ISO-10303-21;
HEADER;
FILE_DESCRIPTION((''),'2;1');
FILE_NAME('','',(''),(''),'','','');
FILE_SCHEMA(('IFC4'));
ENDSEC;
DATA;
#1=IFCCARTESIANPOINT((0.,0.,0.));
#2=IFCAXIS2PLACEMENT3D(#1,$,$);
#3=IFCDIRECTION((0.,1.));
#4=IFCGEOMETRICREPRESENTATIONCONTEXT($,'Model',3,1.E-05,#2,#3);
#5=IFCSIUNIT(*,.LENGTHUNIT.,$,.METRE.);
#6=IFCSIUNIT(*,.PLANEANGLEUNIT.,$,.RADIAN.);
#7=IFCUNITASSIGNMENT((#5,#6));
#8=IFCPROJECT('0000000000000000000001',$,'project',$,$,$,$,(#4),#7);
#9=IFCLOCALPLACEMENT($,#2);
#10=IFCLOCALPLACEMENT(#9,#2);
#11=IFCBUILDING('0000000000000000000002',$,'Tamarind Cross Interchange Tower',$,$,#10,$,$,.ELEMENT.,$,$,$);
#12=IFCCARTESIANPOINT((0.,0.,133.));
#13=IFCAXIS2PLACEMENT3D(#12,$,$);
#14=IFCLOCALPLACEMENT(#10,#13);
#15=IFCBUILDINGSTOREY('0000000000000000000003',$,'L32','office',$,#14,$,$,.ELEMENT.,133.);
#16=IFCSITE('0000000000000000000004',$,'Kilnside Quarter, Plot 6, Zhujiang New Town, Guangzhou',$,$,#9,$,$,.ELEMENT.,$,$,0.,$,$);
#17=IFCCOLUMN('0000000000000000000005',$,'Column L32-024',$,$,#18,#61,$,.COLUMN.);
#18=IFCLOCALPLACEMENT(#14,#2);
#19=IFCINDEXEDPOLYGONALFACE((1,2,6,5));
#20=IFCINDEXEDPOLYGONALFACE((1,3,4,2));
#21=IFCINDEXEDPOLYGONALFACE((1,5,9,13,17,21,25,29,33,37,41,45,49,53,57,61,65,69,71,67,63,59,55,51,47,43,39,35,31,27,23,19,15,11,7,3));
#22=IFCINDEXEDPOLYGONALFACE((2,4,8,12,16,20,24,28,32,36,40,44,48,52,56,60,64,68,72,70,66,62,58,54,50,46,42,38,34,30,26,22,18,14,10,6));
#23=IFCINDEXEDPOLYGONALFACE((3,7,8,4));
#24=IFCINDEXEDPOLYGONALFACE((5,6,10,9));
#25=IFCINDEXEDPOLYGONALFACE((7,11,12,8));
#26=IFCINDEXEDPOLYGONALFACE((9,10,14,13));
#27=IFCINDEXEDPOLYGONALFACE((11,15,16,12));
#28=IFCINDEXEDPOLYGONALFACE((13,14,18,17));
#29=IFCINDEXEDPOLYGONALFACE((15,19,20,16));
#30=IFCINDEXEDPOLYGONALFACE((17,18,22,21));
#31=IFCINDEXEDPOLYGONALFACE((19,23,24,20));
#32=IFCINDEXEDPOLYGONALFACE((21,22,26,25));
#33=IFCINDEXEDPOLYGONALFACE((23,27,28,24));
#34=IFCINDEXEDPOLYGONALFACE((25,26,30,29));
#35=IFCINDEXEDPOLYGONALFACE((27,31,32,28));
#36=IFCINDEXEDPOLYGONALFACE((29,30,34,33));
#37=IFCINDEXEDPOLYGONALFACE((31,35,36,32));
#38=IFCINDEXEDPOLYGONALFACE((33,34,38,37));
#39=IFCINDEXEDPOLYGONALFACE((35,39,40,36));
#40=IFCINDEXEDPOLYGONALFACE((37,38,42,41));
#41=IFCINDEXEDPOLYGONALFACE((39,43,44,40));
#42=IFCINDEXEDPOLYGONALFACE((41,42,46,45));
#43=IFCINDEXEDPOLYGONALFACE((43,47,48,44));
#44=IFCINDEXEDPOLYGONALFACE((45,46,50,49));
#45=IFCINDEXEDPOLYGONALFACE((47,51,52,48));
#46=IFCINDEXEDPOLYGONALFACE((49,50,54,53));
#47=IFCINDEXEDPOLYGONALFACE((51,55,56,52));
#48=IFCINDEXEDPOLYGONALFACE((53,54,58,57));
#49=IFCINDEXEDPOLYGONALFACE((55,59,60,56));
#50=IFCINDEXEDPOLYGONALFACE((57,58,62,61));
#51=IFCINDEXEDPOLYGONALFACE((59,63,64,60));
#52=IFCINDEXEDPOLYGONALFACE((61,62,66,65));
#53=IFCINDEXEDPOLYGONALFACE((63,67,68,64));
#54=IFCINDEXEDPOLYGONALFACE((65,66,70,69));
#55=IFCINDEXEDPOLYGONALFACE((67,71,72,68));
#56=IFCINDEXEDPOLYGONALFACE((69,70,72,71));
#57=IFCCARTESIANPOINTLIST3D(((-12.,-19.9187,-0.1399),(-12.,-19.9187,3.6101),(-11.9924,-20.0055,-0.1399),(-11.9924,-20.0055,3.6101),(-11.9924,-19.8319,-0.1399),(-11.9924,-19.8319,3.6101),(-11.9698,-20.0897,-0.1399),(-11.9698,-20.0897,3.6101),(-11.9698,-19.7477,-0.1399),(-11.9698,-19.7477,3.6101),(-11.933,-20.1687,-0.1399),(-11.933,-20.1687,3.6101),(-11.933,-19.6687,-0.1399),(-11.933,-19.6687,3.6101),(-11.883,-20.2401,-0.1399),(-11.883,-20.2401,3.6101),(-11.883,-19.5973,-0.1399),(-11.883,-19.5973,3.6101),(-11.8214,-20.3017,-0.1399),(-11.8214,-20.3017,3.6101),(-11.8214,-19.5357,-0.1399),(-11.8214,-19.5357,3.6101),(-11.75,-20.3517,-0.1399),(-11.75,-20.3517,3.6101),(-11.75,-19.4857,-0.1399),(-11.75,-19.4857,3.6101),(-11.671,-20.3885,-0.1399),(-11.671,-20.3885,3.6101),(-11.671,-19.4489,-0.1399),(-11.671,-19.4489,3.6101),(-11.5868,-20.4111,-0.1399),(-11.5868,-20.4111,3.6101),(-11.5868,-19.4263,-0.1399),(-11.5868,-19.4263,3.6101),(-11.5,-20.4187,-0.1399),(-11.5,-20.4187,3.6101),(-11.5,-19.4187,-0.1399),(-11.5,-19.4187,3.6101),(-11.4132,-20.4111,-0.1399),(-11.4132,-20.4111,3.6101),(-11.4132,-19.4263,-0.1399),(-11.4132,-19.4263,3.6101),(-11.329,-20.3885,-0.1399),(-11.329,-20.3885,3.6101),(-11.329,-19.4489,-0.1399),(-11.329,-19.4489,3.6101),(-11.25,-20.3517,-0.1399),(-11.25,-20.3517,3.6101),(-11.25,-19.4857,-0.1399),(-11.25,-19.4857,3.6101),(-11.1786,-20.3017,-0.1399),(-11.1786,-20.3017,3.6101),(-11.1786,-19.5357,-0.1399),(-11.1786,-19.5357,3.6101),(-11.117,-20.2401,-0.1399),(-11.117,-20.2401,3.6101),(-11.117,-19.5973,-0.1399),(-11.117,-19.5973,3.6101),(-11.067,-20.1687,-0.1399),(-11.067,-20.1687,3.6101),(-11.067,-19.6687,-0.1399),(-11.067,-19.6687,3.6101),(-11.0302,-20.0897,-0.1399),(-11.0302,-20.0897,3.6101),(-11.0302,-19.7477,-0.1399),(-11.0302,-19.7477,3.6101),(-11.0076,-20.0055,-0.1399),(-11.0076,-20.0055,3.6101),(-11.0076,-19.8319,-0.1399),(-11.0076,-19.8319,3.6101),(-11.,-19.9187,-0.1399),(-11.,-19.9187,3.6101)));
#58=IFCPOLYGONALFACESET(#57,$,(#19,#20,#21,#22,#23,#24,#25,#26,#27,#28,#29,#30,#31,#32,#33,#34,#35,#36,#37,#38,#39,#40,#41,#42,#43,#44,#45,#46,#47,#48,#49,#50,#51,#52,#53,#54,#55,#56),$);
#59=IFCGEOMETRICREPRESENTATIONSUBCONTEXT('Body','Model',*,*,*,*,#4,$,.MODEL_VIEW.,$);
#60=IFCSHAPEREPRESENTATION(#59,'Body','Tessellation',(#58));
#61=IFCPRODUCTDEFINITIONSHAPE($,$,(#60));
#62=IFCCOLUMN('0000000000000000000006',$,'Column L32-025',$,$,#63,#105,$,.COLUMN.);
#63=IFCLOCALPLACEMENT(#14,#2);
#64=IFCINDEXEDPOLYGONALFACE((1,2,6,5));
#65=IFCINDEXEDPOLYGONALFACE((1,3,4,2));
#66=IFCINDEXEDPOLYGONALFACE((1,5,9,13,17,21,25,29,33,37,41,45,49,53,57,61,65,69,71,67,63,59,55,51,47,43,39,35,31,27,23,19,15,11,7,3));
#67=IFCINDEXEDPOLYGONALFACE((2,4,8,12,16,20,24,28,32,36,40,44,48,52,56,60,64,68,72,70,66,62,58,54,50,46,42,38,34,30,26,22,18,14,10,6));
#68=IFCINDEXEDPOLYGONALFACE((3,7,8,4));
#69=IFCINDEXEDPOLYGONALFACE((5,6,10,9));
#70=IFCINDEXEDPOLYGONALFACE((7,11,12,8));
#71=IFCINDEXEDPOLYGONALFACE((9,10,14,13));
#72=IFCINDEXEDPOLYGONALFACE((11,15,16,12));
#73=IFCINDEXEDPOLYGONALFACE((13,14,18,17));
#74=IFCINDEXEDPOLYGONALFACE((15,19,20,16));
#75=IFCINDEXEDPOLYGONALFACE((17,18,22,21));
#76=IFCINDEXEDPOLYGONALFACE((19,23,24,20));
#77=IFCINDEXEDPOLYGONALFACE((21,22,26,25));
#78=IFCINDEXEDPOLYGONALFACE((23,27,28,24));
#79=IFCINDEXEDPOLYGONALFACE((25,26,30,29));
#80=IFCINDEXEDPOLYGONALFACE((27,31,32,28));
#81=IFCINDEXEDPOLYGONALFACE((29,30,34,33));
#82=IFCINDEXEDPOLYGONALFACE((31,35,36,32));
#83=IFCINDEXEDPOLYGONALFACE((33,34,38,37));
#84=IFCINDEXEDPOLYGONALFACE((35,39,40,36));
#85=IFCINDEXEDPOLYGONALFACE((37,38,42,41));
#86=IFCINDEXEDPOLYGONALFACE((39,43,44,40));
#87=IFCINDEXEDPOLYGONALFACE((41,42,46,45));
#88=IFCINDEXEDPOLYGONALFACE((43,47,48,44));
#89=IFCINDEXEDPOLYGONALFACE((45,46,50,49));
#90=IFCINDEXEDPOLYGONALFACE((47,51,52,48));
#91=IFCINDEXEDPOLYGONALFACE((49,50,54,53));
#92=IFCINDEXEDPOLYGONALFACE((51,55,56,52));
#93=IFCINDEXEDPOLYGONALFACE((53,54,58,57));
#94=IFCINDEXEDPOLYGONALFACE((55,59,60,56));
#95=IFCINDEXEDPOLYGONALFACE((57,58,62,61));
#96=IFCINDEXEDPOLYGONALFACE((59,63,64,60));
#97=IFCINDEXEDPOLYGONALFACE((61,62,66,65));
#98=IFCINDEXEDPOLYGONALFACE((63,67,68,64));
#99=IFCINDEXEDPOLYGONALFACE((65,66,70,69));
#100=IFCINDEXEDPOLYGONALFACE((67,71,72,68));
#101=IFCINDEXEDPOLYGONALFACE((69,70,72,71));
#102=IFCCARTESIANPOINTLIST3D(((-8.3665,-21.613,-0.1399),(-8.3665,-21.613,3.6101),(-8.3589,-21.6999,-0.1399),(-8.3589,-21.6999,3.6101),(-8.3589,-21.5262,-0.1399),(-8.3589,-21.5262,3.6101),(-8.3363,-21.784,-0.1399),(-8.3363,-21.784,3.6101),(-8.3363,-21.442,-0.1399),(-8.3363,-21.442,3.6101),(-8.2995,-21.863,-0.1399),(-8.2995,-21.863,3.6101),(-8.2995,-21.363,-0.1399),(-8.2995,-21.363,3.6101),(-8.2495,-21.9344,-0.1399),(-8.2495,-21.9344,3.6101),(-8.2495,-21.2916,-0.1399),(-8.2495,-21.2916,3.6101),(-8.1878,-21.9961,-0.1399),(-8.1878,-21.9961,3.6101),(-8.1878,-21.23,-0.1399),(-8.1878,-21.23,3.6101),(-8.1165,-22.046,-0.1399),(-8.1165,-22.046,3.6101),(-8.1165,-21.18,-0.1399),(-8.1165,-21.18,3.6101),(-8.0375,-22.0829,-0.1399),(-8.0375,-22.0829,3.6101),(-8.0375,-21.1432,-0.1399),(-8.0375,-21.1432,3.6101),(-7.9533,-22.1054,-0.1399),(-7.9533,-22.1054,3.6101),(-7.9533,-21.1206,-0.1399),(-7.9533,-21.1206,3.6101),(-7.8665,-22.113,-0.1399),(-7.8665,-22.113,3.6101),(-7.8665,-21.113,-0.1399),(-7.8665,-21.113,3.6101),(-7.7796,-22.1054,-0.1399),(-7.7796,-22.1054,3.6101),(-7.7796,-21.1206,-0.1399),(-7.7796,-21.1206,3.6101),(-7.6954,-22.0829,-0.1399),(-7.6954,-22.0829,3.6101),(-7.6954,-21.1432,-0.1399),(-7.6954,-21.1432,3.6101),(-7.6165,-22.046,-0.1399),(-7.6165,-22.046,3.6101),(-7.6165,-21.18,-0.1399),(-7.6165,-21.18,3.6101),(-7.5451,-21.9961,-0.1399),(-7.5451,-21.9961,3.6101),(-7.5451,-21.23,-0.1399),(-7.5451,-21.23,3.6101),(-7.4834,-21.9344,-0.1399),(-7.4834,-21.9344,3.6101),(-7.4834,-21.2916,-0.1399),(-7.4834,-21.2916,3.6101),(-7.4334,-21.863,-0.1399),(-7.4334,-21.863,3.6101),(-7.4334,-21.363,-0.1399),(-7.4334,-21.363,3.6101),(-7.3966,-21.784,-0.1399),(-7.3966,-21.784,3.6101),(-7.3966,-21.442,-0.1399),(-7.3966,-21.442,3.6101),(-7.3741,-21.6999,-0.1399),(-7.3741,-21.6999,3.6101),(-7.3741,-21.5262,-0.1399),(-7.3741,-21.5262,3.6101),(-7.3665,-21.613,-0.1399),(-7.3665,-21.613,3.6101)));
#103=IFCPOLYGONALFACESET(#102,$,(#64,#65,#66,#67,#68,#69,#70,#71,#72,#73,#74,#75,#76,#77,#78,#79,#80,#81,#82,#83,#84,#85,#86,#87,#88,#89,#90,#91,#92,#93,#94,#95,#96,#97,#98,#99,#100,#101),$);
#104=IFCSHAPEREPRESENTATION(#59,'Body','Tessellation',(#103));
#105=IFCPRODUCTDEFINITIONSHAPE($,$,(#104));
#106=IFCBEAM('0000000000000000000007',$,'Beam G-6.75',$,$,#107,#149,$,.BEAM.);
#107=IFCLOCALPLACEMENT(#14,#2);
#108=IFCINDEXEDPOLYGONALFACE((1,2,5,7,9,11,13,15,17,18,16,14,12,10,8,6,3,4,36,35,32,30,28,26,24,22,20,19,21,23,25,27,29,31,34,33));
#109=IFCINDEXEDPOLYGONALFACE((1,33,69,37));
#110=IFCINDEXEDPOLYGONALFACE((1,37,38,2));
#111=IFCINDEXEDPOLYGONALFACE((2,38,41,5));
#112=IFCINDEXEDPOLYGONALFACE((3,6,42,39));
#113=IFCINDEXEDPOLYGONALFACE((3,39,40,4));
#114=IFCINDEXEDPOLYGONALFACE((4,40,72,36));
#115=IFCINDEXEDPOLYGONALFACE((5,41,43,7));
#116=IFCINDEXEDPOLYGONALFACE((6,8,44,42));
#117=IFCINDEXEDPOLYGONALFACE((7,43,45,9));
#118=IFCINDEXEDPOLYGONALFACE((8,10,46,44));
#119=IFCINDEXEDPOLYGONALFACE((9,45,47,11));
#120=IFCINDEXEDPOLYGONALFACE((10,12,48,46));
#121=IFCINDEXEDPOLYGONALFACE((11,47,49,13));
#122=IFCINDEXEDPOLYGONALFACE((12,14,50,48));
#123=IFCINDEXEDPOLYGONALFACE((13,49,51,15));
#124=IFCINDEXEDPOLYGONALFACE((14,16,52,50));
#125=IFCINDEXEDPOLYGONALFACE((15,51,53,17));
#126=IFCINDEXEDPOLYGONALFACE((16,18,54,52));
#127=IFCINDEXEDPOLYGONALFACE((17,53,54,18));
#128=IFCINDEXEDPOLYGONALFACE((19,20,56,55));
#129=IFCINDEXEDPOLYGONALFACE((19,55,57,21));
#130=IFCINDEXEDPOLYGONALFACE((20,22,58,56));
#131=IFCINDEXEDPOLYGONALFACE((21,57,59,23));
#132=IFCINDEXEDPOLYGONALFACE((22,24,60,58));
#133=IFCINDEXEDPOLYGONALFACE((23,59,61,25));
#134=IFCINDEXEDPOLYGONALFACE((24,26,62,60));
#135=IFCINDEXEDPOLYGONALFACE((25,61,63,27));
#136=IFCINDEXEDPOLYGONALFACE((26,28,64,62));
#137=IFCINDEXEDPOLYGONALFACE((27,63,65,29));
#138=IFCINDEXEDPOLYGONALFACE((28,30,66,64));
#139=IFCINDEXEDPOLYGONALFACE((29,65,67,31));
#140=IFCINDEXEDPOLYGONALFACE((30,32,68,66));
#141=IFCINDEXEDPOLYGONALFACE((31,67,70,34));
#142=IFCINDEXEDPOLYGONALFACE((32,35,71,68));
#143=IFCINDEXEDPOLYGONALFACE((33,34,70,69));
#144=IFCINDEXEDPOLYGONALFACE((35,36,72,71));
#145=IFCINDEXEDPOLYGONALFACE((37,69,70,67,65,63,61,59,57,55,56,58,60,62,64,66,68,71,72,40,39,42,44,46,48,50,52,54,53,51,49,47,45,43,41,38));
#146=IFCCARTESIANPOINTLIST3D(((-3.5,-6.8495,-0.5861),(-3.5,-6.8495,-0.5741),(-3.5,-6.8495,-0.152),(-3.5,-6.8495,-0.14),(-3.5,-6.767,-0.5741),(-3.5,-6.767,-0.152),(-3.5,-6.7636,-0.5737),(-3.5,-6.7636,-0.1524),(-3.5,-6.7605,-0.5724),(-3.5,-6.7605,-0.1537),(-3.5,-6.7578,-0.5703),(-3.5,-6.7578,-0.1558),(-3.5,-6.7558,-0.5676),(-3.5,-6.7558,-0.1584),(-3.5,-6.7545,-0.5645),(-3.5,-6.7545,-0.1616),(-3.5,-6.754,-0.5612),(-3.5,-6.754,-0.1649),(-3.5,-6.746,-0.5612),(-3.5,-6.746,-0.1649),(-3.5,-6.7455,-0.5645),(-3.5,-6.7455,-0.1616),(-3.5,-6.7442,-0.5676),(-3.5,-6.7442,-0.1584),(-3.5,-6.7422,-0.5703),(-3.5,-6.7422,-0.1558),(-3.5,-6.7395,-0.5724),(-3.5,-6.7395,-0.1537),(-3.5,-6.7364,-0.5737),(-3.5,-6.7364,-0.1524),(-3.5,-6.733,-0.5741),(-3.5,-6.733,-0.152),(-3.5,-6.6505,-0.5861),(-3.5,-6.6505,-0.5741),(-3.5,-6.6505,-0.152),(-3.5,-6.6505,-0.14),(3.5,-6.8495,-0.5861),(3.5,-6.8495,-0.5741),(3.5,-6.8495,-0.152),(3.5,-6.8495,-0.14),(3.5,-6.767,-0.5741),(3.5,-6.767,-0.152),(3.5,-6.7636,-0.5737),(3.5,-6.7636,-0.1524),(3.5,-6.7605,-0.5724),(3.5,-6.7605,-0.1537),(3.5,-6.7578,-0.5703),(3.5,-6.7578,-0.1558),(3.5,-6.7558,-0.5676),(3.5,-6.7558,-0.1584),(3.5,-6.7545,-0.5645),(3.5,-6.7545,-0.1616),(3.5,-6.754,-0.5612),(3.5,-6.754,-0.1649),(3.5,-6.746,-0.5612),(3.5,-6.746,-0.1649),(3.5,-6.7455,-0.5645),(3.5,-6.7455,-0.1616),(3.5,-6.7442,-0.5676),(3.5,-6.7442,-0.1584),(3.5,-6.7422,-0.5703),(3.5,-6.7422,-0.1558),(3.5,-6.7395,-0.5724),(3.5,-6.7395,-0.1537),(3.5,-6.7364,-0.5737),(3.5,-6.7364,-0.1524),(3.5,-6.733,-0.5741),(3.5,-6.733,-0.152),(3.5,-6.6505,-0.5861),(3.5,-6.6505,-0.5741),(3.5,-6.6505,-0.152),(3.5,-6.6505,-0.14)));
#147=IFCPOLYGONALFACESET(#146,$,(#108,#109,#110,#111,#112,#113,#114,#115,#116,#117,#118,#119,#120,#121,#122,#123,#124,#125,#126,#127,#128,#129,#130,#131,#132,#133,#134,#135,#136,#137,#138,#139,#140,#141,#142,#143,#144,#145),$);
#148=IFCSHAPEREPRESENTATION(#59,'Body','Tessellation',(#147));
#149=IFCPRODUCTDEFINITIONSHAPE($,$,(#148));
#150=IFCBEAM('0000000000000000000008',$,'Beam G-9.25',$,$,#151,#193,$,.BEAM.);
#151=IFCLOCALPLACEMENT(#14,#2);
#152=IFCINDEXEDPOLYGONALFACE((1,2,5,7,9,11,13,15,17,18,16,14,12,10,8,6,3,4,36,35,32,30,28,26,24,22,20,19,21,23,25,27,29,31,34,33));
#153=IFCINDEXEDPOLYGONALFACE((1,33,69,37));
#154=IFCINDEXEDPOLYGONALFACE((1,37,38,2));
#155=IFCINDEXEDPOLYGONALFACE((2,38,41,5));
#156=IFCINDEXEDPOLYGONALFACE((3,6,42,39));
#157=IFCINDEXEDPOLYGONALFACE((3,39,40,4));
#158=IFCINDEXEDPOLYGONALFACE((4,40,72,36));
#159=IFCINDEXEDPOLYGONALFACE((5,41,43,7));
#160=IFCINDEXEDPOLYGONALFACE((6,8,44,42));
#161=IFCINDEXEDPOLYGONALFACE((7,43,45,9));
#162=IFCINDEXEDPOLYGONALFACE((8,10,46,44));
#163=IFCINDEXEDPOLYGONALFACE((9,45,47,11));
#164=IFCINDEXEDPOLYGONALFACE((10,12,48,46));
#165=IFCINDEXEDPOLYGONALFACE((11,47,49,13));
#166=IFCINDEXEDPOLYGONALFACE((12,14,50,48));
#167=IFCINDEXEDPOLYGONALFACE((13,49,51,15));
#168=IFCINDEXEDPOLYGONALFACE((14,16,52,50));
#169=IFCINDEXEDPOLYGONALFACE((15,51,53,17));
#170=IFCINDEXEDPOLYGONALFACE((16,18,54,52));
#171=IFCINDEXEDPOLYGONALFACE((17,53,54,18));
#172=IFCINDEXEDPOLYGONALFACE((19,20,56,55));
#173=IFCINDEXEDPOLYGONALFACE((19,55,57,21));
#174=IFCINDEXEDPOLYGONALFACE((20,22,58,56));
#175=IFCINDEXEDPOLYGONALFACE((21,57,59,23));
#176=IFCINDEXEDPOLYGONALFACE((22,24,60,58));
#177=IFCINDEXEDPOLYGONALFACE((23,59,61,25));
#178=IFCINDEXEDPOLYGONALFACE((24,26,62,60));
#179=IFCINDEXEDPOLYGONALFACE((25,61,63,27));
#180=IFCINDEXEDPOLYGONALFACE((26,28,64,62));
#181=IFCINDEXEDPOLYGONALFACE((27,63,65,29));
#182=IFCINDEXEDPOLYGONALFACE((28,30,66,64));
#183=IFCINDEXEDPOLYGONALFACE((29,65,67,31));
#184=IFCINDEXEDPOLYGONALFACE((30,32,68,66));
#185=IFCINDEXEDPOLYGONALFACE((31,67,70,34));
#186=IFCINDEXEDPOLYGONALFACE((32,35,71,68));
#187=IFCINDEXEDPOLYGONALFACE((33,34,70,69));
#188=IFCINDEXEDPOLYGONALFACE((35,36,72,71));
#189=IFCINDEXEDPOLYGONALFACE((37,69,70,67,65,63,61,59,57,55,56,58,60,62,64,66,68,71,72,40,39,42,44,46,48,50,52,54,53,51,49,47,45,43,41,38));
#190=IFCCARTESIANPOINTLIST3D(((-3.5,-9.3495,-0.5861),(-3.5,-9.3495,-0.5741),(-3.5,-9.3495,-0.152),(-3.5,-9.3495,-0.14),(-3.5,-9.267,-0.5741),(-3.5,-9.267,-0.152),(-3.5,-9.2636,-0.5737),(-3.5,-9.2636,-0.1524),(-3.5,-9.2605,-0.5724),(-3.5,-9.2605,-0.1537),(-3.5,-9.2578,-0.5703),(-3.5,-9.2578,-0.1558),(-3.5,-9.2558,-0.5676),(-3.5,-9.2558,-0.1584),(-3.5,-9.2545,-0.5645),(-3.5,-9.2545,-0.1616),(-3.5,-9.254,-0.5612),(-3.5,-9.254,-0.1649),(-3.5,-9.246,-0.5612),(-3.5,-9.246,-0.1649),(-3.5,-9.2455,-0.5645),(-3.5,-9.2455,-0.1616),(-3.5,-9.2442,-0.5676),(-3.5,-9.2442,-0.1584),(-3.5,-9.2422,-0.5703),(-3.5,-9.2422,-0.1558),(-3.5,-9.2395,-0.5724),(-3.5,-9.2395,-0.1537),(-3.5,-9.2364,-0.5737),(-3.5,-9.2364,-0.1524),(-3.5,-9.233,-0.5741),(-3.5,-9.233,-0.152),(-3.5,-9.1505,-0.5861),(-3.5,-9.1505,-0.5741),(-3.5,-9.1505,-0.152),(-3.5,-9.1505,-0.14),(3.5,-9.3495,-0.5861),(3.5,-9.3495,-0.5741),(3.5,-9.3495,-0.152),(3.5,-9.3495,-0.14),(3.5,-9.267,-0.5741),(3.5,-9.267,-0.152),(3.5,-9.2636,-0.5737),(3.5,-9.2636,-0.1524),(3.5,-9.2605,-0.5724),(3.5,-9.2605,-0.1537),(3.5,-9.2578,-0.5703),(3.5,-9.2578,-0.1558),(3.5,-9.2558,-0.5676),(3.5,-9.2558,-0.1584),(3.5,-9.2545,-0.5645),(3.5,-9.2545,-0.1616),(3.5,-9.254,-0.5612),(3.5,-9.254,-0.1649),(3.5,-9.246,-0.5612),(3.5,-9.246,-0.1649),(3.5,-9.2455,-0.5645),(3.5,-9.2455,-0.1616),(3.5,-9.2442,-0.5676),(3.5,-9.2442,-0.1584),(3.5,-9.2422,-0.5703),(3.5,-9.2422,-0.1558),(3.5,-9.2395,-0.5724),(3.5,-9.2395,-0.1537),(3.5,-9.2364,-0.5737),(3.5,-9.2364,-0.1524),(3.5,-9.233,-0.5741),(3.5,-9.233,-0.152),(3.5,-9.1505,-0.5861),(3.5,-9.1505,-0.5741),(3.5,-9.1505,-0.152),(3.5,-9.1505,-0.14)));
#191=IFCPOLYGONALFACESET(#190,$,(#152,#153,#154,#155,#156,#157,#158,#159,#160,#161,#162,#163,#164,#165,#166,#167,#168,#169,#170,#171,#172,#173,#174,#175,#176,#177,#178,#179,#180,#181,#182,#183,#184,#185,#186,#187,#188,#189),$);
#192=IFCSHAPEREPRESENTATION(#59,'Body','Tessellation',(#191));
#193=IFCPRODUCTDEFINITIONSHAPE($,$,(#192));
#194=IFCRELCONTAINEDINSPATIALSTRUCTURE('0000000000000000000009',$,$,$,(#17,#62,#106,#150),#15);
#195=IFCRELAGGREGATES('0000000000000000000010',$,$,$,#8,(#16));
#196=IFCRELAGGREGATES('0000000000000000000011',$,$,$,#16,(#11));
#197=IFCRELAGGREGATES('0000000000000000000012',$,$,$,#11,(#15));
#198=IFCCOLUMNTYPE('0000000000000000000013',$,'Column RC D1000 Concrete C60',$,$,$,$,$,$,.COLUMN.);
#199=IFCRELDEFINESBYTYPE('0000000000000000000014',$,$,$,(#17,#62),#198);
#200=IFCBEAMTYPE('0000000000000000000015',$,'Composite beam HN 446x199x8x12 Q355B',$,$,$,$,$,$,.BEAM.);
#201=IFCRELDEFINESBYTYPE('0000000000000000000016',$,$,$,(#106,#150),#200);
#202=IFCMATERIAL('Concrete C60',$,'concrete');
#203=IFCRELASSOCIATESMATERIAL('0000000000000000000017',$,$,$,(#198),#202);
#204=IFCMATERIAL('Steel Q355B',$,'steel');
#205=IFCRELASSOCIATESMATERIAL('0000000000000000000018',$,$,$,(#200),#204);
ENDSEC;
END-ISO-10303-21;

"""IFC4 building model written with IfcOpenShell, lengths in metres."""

from ifc_helpers import new_model, si_unit, direction, frame, origin, origin_2d, place, context, subcontext, project, spatial, circle, i_section, extrude, material, material_profile, profile_set, type_object, element, save


model = new_model("IFC4")

# Units and contexts
model_context = context("Model", 3, precision=1e-05, world=origin(), true_north=direction((0.0, 1.0)))
body_context = subcontext(model_context, "Body", "Model", "MODEL_VIEW")
ifc_project = project(units=[si_unit("LENGTHUNIT", "METRE"), si_unit("PLANEANGLEUNIT", "RADIAN")], contexts=[model_context])

# Site, building, storey
site_placement = place(None, origin())
site = spatial("IfcSite", under=ifc_project, at=site_placement, Name="Kilnside Quarter, Plot 6, Zhujiang New Town, Guangzhou", CompositionType="ELEMENT", RefElevation=0.0)
building_placement = place(site_placement, origin())
building = spatial("IfcBuilding", under=site, at=building_placement, Name="Tamarind Cross Interchange Tower", CompositionType="ELEMENT")
storey_placement = place(building_placement, frame((0.0, 0.0, 133.0)))
storey = spatial("IfcBuildingStorey", under=building, at=storey_placement, Name="L32", Description="office", CompositionType="ELEMENT", Elevation=133.0)

# Columns
ifc_material_1 = material(Name="Concrete C60", Category="concrete")
ifc_material_profile_1 = material_profile(ifc_material_1, circle(Radius=0.5, at=origin_2d()), Name="RC D1000")
ifc_profile_set_1 = profile_set([ifc_material_profile_1], Name="Concrete C60")
column_type = type_object("IfcColumnType", Name="Column RC D1000 Concrete C60", PredefinedType="COLUMN", material=ifc_profile_set_1)
for number, where, z_axis, x_axis, name in (
    (1, (-11.5, -19.9187, -0.1399), (0.0, 0.0, 1.0), (1.0, 0.0, 0.0), "Column L32-024"),
    (2, (-7.8665, -21.613, -0.1399), (0.0, 0.0, 1.0), (1.0, 0.0, 0.0), "Column L32-025"),
):
    element("IfcColumn", number, at=place(storey_placement, frame(where, z_axis=z_axis, x_axis=x_axis)), inside=storey, type_object=column_type, Name=name, PredefinedType="COLUMN", context=body_context, shape_type="SweptSolid", body=[
        extrude(circle(Radius=0.5, at=origin_2d()), origin(), (0.0, 0.0, 1.0), 3.75),
    ])

# Beams
ifc_material_2 = material(Name="Steel Q355B", Category="steel")
ifc_material_profile_2 = material_profile(ifc_material_2, i_section(OverallWidth=0.199, OverallDepth=0.446, WebThickness=0.0081, FlangeThickness=0.012, FilletRadius=0.0129, at=origin_2d()), Name="HN 446x199x8x12")
ifc_profile_set_2 = profile_set([ifc_material_profile_2], Name="Steel Q355B")
beam_type_1 = type_object("IfcBeamType", Name="Composite beam HN 446x199x8x12 Q355B", PredefinedType="BEAM", material=ifc_profile_set_2)
for number, where, z_axis, x_axis, name in (
    (3, (-3.5, -6.75, -0.363), (1.0, 0.0, 0.0), (0.0, 1.0, 0.0), "Beam G-6.75"),
    (4, (-3.5, -9.25, -0.363), (1.0, 0.0, 0.0), (0.0, 1.0, 0.0), "Beam G-9.25"),
):
    element("IfcBeam", number, at=place(storey_placement, frame(where, z_axis=z_axis, x_axis=x_axis)), inside=storey, type_object=beam_type_1, Name=name, PredefinedType="BEAM", context=body_context, shape_type="SweptSolid", body=[
        extrude(i_section(OverallWidth=0.199, OverallDepth=0.446, WebThickness=0.0081, FlangeThickness=0.012, FilletRadius=0.0129, at=origin_2d()), origin(), (0.0, 0.0, 1.0), 7.0),
    ])

save(model, "model.ifc")
